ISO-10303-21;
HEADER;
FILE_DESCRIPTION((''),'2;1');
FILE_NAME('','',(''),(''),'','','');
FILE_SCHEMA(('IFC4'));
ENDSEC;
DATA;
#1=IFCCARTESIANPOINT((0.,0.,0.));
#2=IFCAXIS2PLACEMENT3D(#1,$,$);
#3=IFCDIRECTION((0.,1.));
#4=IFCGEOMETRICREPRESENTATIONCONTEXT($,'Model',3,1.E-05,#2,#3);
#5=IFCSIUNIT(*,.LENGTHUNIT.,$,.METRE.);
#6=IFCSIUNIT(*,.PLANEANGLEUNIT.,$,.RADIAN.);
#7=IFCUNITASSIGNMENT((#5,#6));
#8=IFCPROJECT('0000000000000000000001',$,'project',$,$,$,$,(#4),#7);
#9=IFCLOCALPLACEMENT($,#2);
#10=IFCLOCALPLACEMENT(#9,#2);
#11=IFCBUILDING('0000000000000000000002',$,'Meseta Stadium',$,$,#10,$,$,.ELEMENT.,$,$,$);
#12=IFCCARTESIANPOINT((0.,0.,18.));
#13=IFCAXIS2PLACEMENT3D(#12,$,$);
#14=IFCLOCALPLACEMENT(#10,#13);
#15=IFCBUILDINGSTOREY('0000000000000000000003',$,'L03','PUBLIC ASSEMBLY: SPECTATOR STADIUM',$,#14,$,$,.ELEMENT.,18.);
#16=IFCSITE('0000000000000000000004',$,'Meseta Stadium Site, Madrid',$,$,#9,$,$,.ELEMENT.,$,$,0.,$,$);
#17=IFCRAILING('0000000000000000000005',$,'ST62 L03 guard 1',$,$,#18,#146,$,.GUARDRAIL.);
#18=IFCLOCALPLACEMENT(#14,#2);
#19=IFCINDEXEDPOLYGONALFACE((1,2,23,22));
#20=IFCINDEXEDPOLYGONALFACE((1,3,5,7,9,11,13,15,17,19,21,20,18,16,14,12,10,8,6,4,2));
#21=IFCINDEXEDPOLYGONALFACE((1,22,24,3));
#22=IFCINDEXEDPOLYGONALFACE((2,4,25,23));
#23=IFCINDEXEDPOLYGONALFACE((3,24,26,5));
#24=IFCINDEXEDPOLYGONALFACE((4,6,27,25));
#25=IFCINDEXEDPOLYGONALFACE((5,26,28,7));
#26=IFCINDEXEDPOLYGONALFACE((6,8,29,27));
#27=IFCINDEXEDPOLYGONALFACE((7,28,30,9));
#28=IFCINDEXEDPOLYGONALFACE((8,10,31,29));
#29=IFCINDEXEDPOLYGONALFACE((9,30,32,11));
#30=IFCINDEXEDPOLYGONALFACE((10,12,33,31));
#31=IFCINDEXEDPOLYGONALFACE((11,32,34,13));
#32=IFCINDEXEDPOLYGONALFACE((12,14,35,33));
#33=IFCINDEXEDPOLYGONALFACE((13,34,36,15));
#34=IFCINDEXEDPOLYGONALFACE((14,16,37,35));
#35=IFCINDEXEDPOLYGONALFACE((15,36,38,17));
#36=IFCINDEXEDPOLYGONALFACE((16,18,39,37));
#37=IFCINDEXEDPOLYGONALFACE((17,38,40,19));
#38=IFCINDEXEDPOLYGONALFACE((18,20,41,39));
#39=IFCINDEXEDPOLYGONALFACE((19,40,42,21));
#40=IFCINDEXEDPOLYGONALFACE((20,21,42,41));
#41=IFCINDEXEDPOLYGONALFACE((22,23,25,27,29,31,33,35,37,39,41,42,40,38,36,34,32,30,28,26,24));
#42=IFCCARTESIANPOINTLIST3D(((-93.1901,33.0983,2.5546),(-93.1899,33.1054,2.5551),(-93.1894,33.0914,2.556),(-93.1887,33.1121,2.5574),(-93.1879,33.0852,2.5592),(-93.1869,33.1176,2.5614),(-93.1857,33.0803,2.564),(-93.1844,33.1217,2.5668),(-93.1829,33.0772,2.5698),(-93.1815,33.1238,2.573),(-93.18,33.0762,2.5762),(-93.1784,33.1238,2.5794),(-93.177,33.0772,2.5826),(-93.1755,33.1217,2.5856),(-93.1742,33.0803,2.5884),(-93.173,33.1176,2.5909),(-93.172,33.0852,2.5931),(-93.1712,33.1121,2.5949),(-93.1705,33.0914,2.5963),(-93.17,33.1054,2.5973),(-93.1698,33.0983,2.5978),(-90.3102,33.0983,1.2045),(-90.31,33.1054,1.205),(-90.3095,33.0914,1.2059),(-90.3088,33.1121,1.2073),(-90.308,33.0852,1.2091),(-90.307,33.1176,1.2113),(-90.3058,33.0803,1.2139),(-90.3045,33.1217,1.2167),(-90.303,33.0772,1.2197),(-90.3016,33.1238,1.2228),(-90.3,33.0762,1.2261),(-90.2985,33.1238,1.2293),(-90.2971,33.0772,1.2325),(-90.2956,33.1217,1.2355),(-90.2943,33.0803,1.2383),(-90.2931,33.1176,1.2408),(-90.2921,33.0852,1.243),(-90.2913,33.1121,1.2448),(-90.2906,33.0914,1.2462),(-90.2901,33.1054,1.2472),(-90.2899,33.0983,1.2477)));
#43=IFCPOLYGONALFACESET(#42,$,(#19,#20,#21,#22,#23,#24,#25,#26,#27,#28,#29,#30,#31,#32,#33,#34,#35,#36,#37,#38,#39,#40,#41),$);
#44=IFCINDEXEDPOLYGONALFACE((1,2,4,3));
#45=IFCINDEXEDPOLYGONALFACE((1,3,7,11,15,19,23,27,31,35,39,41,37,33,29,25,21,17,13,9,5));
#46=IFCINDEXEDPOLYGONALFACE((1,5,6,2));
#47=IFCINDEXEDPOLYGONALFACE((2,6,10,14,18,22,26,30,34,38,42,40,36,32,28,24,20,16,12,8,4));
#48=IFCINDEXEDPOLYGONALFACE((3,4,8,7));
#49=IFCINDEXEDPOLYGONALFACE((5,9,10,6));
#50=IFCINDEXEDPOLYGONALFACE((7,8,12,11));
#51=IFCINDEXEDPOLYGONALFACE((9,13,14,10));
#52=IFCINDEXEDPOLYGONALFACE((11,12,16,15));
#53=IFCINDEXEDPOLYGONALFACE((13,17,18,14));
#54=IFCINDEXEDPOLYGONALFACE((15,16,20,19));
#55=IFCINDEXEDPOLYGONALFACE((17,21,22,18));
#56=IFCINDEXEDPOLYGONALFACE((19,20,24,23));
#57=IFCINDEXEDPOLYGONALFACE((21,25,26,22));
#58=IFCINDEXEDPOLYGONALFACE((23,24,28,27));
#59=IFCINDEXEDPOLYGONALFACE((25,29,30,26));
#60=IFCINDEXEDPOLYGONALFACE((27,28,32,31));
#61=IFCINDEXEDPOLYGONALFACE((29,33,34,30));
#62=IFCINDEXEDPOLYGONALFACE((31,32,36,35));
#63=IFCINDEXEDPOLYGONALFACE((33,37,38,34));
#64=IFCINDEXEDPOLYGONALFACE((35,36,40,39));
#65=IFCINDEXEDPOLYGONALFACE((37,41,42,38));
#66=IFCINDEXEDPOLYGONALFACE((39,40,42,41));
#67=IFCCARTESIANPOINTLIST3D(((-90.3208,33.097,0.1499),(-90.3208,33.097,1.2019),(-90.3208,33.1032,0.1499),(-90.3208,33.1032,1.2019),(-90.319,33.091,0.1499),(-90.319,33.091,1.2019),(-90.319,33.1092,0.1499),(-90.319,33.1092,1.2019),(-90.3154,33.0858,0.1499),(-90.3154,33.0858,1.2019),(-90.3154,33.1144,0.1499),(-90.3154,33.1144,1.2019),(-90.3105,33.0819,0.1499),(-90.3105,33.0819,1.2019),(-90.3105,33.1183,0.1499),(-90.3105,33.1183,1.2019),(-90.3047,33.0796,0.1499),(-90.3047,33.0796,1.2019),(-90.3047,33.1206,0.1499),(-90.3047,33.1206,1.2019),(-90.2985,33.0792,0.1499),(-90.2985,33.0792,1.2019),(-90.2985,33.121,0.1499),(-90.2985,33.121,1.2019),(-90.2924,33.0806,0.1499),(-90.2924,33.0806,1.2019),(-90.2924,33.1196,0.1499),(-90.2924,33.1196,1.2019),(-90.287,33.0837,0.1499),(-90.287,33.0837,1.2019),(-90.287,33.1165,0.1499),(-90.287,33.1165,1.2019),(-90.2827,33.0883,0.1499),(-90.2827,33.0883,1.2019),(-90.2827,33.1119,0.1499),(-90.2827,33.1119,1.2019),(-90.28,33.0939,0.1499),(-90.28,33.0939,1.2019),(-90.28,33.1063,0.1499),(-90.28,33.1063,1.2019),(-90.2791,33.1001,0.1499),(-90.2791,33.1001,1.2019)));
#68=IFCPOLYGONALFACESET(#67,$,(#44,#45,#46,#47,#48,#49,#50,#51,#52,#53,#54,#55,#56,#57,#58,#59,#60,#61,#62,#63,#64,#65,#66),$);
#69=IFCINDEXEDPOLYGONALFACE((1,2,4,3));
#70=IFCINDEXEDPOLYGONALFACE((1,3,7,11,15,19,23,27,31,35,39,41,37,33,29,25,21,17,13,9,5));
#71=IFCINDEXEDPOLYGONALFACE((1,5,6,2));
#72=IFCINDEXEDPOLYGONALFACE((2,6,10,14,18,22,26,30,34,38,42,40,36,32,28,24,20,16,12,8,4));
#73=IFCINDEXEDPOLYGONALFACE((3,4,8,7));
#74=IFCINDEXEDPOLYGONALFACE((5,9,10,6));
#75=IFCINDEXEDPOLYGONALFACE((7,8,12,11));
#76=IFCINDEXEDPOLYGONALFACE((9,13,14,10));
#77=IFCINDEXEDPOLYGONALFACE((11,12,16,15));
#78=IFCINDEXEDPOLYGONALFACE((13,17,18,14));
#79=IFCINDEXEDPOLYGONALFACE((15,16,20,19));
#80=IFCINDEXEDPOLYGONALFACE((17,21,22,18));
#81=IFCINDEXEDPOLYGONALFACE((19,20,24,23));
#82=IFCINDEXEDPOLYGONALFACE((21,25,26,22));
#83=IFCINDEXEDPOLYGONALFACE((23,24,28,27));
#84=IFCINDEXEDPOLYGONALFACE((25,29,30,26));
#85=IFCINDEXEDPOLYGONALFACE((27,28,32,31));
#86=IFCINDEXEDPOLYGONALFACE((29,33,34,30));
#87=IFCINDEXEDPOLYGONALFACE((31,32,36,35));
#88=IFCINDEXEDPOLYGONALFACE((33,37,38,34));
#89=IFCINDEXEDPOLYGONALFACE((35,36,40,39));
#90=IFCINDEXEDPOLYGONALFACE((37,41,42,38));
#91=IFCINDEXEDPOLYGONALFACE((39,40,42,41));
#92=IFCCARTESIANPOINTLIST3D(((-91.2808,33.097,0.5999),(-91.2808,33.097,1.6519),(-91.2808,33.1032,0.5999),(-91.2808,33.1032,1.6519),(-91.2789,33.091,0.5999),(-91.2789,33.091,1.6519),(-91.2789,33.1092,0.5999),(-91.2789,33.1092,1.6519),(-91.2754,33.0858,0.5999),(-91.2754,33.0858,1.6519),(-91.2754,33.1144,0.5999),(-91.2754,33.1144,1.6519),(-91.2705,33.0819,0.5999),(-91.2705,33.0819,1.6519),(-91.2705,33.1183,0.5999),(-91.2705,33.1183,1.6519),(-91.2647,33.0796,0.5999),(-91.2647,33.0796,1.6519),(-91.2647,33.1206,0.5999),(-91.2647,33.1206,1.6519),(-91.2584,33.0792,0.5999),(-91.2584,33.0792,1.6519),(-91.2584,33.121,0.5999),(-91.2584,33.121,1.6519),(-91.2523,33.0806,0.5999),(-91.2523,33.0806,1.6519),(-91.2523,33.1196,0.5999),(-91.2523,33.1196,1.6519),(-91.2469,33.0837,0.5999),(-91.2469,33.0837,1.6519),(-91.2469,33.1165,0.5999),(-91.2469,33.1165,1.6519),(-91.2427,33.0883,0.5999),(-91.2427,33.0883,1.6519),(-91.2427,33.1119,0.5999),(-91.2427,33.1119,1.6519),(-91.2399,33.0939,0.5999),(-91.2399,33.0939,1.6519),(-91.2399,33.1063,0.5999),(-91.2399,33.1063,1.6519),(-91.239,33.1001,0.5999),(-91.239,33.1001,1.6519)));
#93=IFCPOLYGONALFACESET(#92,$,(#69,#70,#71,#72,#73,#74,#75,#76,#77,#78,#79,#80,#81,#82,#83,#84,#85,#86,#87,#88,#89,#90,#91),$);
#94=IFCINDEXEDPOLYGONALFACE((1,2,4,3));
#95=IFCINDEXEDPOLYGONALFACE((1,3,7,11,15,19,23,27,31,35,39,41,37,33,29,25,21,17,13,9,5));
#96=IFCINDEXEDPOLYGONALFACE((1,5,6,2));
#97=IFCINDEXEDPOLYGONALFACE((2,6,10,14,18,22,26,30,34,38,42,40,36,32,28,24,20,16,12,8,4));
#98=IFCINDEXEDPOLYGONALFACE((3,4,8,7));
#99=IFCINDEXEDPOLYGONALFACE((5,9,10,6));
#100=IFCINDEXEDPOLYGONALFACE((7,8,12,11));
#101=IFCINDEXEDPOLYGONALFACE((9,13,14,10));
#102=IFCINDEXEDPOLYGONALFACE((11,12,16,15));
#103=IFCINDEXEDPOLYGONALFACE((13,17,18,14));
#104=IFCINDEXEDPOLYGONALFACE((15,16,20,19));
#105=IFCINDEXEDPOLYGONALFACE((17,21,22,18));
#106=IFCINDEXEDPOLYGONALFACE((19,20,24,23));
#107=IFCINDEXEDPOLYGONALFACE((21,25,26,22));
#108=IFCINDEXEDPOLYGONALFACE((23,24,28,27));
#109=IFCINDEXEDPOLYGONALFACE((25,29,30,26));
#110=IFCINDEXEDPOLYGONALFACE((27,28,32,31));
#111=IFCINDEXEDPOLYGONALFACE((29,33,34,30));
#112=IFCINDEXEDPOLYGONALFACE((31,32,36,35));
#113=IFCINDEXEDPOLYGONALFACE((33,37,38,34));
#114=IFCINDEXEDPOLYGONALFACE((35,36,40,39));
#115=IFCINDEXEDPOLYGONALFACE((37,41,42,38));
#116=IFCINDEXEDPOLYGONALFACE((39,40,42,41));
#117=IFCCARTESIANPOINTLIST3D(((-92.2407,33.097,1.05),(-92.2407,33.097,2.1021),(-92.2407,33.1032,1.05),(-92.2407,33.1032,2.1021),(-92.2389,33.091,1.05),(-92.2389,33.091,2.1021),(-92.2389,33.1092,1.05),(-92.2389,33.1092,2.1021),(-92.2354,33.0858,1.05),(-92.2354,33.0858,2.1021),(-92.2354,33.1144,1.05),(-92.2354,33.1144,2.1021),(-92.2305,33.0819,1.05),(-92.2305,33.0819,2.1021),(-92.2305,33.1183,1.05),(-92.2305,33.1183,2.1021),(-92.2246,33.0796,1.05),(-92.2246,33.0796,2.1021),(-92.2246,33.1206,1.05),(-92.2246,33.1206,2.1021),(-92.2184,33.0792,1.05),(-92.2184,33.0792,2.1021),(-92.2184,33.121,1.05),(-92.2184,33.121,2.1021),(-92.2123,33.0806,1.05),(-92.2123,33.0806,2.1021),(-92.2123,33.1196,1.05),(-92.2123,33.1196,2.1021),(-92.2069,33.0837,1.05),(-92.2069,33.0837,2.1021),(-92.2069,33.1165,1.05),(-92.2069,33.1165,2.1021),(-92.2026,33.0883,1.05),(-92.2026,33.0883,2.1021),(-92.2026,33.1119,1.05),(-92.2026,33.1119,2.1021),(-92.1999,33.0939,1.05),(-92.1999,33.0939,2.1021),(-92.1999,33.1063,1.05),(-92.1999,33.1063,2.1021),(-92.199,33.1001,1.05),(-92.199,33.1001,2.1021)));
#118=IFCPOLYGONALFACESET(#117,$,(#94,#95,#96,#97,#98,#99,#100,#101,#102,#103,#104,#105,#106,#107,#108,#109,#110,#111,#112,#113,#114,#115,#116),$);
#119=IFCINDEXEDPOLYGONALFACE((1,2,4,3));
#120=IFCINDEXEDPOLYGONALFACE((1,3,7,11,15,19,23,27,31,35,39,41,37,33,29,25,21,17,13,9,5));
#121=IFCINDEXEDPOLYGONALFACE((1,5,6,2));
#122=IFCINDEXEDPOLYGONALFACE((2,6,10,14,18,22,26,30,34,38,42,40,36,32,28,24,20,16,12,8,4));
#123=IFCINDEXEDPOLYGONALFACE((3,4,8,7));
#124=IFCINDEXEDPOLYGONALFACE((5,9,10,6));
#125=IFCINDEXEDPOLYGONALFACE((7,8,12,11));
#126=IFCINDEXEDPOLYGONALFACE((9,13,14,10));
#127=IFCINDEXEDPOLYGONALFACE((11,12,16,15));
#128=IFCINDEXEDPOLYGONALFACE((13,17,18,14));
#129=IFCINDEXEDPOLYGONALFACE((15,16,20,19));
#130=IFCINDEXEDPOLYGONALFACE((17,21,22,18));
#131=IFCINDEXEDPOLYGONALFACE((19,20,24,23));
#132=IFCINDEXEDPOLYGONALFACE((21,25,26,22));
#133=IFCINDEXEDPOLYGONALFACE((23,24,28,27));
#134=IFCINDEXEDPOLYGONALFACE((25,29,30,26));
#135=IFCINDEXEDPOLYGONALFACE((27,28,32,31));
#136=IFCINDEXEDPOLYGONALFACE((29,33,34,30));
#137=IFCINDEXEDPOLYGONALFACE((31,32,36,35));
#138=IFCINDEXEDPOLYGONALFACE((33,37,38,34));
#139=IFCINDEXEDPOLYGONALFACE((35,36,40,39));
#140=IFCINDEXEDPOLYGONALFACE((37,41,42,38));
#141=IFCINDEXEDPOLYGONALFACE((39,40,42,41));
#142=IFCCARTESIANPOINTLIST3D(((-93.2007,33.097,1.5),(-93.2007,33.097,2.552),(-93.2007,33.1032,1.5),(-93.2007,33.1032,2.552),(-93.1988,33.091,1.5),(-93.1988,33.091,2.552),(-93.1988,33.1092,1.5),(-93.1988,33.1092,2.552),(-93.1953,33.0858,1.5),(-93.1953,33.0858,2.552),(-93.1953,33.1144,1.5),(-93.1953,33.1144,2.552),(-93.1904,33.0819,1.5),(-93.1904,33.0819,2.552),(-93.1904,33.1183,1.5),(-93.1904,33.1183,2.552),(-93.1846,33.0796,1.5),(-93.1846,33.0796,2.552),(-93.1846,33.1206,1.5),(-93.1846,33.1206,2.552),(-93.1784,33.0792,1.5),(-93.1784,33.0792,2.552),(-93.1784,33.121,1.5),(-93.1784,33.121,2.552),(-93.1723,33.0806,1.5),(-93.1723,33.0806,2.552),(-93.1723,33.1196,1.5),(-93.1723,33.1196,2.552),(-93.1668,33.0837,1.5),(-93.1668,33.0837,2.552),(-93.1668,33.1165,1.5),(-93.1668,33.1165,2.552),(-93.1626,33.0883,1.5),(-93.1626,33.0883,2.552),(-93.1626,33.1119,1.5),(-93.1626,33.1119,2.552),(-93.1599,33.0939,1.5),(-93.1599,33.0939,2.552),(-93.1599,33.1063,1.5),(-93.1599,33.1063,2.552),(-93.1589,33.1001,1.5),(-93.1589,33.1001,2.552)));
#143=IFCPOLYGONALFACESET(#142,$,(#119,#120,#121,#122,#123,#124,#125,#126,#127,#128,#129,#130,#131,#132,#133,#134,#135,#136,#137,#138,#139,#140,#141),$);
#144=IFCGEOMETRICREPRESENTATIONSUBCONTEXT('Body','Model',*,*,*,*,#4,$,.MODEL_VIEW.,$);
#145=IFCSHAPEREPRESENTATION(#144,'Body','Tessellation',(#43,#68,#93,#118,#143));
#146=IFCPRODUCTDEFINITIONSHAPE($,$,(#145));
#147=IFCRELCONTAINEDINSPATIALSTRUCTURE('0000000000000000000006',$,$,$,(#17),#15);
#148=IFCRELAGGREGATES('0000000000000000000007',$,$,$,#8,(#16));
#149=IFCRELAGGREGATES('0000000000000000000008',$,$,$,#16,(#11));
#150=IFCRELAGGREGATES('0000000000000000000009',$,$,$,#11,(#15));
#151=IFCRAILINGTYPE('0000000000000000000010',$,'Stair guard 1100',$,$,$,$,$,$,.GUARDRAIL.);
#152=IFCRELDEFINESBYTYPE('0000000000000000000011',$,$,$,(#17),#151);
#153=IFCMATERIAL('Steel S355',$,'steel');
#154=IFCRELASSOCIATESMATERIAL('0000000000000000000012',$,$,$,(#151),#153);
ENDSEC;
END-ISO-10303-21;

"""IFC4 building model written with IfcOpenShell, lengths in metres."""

from ifc_helpers import new_model, si_unit, direction, frame, origin, origin_2d, place, context, subcontext, project, spatial, circle, extrude, material, type_object, element, save


model = new_model("IFC4")

# Units and contexts
model_context = context("Model", 3, precision=1e-05, world=origin(), true_north=direction((0.0, 1.0)))
body_context = subcontext(model_context, "Body", "Model", "MODEL_VIEW")
ifc_project = project(units=[si_unit("LENGTHUNIT", "METRE"), si_unit("PLANEANGLEUNIT", "RADIAN")], contexts=[model_context])

# Site, building, storey
site_placement = place(None, origin())
site = spatial("IfcSite", under=ifc_project, at=site_placement, Name="Meseta Stadium Site, Madrid", CompositionType="ELEMENT", RefElevation=0.0)
building_placement = place(site_placement, origin())
building = spatial("IfcBuilding", under=site, at=building_placement, Name="Meseta Stadium", CompositionType="ELEMENT")
storey_placement = place(building_placement, frame((0.0, 0.0, 18.0)))
storey = spatial("IfcBuildingStorey", under=building, at=storey_placement, Name="L03", Description="PUBLIC ASSEMBLY: SPECTATOR STADIUM", CompositionType="ELEMENT", Elevation=18.0)

# Railing
ifc_material_1 = material(Name="Steel S355", Category="steel")
railing_type_1 = type_object("IfcRailingType", Name="Stair guard 1100", PredefinedType="GUARDRAIL", material=ifc_material_1)
railing_1_placement = place(storey_placement, frame((-90.3, 33.1001, 0.1499)))
element("IfcRailing", 1, at=railing_1_placement, inside=storey, type_object=railing_type_1, Name="ST62 L03 guard 1", PredefinedType="GUARDRAIL", context=body_context, shape_type="SweptSolid", body=[
    extrude(circle(Radius=0.0239, at=origin_2d()), frame((0.0, 0.0, 1.0762), z_axis=(-0.90544, 0.0, 0.424473), x_axis=(0.0, -1.0, 0.0)), (0.0, 0.0, 1.0), 3.1807),
    extrude(circle(Radius=0.021, at=origin_2d()), origin(), (0.0, 0.0, 1.0), 1.052),
    extrude(circle(Radius=0.021, at=origin_2d()), frame((-0.96, 0.0, 0.45)), (0.0, 0.0, 1.0), 1.052),
    extrude(circle(Radius=0.021, at=origin_2d()), frame((-1.9199, 0.0, 0.9001)), (0.0, 0.0, 1.0), 1.052),
    extrude(circle(Radius=0.021, at=origin_2d()), frame((-2.8799, 0.0, 1.3501)), (0.0, 0.0, 1.0), 1.052),
])

save(model, "model.ifc")
